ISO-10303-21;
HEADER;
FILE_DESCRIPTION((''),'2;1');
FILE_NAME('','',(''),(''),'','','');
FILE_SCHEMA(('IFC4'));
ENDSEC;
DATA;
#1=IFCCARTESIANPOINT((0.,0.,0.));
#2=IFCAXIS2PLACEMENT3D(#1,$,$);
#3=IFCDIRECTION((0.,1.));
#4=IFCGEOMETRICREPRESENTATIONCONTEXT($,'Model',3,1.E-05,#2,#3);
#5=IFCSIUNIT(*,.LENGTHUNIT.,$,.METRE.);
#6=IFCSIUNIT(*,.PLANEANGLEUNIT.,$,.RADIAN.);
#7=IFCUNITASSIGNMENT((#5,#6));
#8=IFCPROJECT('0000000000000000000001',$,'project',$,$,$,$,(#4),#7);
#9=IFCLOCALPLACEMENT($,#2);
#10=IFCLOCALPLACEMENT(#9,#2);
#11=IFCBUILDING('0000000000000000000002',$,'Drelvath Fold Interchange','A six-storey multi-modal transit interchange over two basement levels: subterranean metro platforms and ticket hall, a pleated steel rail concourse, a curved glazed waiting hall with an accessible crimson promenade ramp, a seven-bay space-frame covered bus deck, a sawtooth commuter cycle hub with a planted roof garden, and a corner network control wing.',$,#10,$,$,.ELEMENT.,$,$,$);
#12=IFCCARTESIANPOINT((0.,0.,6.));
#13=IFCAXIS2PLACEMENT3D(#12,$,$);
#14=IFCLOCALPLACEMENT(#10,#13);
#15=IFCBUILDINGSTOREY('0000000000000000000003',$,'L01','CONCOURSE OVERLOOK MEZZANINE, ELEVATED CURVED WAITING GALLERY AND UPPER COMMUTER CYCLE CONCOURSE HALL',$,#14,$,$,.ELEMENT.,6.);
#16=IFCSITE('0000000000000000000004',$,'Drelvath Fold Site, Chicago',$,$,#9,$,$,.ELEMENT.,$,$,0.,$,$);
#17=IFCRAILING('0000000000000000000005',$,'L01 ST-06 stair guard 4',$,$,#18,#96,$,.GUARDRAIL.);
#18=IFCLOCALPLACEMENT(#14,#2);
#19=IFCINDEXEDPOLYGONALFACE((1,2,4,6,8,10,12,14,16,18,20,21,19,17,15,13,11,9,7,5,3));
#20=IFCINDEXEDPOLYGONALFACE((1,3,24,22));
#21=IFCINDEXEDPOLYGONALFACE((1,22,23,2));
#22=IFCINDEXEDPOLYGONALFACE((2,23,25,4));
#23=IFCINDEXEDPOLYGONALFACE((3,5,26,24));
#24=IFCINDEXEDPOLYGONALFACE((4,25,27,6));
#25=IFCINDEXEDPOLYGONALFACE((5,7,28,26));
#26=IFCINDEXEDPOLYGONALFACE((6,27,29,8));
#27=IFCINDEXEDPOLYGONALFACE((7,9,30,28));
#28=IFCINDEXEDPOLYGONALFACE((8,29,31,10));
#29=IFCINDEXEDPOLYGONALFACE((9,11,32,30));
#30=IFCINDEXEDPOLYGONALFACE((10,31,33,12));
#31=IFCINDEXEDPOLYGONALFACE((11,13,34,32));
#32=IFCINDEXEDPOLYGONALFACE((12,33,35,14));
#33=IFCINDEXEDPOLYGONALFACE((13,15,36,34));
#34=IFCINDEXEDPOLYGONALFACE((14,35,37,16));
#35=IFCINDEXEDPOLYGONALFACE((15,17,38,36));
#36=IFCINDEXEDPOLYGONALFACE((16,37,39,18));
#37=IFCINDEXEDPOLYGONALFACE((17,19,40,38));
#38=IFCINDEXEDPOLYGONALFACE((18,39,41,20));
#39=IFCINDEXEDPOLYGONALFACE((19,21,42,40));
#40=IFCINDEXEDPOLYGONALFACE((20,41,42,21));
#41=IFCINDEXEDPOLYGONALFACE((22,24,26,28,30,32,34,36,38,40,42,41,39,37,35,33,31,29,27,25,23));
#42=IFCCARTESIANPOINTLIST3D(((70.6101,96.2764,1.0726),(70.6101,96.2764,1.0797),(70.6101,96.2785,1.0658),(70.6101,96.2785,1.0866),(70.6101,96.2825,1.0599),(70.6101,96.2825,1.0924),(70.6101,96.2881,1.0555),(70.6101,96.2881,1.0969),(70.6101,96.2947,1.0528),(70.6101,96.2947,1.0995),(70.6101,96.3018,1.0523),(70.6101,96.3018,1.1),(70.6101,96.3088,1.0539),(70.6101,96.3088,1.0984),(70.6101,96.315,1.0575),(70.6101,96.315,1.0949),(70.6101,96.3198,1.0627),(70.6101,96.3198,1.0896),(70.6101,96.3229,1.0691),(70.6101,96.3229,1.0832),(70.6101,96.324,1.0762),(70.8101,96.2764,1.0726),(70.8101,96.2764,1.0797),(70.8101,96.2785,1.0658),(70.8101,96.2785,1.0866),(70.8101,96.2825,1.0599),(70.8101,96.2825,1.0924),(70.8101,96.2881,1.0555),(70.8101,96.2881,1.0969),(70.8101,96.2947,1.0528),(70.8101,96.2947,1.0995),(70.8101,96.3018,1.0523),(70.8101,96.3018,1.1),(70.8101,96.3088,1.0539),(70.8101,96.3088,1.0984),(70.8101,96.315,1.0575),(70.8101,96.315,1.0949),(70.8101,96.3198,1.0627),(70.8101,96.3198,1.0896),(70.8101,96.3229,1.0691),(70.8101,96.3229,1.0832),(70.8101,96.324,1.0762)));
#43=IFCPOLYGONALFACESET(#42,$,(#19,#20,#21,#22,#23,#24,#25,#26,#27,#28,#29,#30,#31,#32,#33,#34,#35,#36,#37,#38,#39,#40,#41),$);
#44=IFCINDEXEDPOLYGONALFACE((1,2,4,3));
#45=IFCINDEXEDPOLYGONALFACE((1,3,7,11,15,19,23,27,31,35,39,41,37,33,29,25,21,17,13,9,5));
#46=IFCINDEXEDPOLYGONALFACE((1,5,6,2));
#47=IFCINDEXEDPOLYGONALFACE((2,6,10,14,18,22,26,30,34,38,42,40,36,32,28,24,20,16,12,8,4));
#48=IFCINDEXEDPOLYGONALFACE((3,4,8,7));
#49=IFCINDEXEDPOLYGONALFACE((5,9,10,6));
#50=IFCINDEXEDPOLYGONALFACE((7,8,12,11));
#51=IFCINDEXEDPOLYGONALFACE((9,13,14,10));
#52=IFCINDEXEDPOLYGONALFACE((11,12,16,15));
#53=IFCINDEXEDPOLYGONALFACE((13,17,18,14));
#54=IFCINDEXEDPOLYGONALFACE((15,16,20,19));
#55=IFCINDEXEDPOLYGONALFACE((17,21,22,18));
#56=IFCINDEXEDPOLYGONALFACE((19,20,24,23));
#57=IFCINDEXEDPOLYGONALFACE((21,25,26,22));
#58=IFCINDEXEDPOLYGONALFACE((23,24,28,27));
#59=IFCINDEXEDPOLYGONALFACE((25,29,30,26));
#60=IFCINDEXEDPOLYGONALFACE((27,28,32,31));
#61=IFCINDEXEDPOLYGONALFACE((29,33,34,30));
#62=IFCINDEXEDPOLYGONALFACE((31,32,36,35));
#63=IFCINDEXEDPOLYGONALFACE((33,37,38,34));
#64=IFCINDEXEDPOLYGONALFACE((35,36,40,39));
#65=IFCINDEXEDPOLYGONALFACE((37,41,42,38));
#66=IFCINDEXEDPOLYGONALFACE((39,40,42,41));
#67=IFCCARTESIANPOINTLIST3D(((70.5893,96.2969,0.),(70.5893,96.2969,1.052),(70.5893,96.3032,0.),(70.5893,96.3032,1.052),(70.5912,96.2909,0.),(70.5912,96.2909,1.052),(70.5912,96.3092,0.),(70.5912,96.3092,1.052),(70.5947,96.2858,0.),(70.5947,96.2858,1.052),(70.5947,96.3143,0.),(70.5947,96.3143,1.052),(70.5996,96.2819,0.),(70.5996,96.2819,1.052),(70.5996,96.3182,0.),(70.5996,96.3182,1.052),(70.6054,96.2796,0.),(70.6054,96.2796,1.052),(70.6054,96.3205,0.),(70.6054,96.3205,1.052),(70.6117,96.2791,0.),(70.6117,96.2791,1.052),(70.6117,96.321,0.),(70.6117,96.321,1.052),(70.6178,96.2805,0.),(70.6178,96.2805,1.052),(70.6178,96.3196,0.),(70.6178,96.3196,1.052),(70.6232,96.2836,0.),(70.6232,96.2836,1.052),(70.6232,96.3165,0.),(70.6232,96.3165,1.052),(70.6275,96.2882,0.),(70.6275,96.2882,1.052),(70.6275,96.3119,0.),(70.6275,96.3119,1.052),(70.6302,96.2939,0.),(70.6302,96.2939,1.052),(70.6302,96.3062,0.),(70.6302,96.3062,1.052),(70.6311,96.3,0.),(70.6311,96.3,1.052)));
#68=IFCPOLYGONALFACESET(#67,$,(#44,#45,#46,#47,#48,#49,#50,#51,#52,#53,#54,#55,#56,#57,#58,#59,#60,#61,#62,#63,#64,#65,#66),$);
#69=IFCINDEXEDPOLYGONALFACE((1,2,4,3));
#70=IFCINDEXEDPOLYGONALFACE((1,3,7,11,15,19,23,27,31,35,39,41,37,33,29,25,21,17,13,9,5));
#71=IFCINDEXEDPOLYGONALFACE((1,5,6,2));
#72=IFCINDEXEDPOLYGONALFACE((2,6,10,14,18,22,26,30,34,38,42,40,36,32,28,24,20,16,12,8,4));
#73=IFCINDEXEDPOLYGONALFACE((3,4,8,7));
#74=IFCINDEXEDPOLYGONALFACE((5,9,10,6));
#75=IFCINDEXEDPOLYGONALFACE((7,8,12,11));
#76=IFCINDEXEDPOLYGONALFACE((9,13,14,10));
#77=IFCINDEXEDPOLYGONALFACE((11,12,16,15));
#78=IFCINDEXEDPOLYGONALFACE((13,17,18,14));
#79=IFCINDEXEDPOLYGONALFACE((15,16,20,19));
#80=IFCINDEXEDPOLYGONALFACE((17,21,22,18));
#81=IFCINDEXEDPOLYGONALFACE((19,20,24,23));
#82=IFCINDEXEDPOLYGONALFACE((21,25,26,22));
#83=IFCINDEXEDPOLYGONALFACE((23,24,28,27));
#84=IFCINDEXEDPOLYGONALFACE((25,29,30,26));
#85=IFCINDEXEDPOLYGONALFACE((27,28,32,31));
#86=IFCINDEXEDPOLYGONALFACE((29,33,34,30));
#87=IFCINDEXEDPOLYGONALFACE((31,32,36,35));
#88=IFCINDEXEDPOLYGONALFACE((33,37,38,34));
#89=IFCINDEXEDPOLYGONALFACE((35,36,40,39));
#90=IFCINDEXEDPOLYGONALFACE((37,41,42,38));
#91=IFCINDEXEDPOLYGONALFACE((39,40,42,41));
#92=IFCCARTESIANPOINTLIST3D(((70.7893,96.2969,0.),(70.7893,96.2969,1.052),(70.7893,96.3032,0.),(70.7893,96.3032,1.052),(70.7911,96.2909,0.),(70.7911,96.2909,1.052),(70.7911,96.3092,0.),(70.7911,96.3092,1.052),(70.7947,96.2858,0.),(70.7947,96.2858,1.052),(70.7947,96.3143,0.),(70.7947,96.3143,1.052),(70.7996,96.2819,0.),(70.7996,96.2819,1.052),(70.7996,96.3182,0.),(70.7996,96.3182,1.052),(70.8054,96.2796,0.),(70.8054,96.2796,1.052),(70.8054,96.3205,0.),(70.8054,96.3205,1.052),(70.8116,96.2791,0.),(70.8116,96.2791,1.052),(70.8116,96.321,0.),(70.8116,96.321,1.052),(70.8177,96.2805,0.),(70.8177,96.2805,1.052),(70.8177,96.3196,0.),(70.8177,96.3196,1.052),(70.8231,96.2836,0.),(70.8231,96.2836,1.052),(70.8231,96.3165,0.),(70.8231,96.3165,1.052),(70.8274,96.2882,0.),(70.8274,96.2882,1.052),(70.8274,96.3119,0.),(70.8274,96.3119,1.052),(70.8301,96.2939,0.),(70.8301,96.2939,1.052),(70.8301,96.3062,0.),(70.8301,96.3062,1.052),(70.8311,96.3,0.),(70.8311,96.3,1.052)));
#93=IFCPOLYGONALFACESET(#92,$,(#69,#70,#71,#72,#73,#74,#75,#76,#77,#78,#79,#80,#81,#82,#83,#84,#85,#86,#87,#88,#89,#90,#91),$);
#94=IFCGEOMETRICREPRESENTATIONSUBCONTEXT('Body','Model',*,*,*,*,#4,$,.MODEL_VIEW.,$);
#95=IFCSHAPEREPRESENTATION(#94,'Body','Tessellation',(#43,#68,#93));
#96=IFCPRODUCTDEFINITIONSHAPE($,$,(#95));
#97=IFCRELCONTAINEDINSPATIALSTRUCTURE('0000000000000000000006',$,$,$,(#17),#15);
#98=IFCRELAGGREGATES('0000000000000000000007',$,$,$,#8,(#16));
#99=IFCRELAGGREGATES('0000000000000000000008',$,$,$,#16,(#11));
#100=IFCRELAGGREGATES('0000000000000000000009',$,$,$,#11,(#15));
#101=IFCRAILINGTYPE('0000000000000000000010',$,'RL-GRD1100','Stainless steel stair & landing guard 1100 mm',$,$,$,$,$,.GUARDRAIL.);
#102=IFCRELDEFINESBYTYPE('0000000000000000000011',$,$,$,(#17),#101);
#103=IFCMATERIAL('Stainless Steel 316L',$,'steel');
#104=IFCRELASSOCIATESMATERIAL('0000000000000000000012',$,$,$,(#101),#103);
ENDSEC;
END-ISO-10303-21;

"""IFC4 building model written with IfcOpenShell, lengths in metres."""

from ifc_helpers import new_model, si_unit, direction, frame, origin, origin_2d, place, context, subcontext, project, spatial, circle, extrude, material, type_object, element, save


model = new_model("IFC4")

# Units and contexts
model_context = context("Model", 3, precision=1e-05, world=origin(), true_north=direction((0.0, 1.0)))
body_context = subcontext(model_context, "Body", "Model", "MODEL_VIEW")
ifc_project = project(units=[si_unit("LENGTHUNIT", "METRE"), si_unit("PLANEANGLEUNIT", "RADIAN")], contexts=[model_context])

# Site, building, storey
site_placement = place(None, origin())
site = spatial("IfcSite", under=ifc_project, at=site_placement, Name="Drelvath Fold Site, Chicago", CompositionType="ELEMENT", RefElevation=0.0)
building_placement = place(site_placement, origin())
building = spatial("IfcBuilding", under=site, at=building_placement, Name="Drelvath Fold Interchange", Description="A six-storey multi-modal transit interchange over two basement levels: subterranean metro platforms and ticket hall, a pleated steel rail concourse, a curved glazed waiting hall with an accessible crimson promenade ramp, a seven-bay space-frame covered bus deck, a sawtooth commuter cycle hub with a planted roof garden, and a corner network control wing.", CompositionType="ELEMENT")
storey_placement = place(building_placement, frame((0.0, 0.0, 6.0)))
storey = spatial("IfcBuildingStorey", under=building, at=storey_placement, Name="L01", Description="CONCOURSE OVERLOOK MEZZANINE, ELEVATED CURVED WAITING GALLERY AND UPPER COMMUTER CYCLE CONCOURSE HALL", CompositionType="ELEMENT", Elevation=6.0)

# Railing
ifc_material_1 = material(Name="Stainless Steel 316L", Category="steel")
railing_type_1 = type_object("IfcRailingType", Name="RL-GRD1100", Description="Stainless steel stair & landing guard 1100 mm", PredefinedType="GUARDRAIL", material=ifc_material_1)
railing_1_placement = place(storey_placement, frame((70.6101, 96.3, 0.0)))
element("IfcRailing", 1, at=railing_1_placement, inside=storey, type_object=railing_type_1, Name="L01 ST-06 stair guard 4", PredefinedType="GUARDRAIL", context=body_context, shape_type="SweptSolid", body=[
    extrude(circle(Radius=0.0239, at=origin_2d()), frame((0.0, 0.0, 1.0762), z_axis=(1.0, 0.0, 0.0), x_axis=(0.0, 1.0, 0.0)), (0.0, 0.0, 1.0), 0.2),
    extrude(circle(Radius=0.021, at=origin_2d()), origin(), (0.0, 0.0, 1.0), 1.052),
    extrude(circle(Radius=0.021, at=origin_2d()), frame((0.2, 0.0, 0.0)), (0.0, 0.0, 1.0), 1.052),
])

save(model, "model.ifc")
